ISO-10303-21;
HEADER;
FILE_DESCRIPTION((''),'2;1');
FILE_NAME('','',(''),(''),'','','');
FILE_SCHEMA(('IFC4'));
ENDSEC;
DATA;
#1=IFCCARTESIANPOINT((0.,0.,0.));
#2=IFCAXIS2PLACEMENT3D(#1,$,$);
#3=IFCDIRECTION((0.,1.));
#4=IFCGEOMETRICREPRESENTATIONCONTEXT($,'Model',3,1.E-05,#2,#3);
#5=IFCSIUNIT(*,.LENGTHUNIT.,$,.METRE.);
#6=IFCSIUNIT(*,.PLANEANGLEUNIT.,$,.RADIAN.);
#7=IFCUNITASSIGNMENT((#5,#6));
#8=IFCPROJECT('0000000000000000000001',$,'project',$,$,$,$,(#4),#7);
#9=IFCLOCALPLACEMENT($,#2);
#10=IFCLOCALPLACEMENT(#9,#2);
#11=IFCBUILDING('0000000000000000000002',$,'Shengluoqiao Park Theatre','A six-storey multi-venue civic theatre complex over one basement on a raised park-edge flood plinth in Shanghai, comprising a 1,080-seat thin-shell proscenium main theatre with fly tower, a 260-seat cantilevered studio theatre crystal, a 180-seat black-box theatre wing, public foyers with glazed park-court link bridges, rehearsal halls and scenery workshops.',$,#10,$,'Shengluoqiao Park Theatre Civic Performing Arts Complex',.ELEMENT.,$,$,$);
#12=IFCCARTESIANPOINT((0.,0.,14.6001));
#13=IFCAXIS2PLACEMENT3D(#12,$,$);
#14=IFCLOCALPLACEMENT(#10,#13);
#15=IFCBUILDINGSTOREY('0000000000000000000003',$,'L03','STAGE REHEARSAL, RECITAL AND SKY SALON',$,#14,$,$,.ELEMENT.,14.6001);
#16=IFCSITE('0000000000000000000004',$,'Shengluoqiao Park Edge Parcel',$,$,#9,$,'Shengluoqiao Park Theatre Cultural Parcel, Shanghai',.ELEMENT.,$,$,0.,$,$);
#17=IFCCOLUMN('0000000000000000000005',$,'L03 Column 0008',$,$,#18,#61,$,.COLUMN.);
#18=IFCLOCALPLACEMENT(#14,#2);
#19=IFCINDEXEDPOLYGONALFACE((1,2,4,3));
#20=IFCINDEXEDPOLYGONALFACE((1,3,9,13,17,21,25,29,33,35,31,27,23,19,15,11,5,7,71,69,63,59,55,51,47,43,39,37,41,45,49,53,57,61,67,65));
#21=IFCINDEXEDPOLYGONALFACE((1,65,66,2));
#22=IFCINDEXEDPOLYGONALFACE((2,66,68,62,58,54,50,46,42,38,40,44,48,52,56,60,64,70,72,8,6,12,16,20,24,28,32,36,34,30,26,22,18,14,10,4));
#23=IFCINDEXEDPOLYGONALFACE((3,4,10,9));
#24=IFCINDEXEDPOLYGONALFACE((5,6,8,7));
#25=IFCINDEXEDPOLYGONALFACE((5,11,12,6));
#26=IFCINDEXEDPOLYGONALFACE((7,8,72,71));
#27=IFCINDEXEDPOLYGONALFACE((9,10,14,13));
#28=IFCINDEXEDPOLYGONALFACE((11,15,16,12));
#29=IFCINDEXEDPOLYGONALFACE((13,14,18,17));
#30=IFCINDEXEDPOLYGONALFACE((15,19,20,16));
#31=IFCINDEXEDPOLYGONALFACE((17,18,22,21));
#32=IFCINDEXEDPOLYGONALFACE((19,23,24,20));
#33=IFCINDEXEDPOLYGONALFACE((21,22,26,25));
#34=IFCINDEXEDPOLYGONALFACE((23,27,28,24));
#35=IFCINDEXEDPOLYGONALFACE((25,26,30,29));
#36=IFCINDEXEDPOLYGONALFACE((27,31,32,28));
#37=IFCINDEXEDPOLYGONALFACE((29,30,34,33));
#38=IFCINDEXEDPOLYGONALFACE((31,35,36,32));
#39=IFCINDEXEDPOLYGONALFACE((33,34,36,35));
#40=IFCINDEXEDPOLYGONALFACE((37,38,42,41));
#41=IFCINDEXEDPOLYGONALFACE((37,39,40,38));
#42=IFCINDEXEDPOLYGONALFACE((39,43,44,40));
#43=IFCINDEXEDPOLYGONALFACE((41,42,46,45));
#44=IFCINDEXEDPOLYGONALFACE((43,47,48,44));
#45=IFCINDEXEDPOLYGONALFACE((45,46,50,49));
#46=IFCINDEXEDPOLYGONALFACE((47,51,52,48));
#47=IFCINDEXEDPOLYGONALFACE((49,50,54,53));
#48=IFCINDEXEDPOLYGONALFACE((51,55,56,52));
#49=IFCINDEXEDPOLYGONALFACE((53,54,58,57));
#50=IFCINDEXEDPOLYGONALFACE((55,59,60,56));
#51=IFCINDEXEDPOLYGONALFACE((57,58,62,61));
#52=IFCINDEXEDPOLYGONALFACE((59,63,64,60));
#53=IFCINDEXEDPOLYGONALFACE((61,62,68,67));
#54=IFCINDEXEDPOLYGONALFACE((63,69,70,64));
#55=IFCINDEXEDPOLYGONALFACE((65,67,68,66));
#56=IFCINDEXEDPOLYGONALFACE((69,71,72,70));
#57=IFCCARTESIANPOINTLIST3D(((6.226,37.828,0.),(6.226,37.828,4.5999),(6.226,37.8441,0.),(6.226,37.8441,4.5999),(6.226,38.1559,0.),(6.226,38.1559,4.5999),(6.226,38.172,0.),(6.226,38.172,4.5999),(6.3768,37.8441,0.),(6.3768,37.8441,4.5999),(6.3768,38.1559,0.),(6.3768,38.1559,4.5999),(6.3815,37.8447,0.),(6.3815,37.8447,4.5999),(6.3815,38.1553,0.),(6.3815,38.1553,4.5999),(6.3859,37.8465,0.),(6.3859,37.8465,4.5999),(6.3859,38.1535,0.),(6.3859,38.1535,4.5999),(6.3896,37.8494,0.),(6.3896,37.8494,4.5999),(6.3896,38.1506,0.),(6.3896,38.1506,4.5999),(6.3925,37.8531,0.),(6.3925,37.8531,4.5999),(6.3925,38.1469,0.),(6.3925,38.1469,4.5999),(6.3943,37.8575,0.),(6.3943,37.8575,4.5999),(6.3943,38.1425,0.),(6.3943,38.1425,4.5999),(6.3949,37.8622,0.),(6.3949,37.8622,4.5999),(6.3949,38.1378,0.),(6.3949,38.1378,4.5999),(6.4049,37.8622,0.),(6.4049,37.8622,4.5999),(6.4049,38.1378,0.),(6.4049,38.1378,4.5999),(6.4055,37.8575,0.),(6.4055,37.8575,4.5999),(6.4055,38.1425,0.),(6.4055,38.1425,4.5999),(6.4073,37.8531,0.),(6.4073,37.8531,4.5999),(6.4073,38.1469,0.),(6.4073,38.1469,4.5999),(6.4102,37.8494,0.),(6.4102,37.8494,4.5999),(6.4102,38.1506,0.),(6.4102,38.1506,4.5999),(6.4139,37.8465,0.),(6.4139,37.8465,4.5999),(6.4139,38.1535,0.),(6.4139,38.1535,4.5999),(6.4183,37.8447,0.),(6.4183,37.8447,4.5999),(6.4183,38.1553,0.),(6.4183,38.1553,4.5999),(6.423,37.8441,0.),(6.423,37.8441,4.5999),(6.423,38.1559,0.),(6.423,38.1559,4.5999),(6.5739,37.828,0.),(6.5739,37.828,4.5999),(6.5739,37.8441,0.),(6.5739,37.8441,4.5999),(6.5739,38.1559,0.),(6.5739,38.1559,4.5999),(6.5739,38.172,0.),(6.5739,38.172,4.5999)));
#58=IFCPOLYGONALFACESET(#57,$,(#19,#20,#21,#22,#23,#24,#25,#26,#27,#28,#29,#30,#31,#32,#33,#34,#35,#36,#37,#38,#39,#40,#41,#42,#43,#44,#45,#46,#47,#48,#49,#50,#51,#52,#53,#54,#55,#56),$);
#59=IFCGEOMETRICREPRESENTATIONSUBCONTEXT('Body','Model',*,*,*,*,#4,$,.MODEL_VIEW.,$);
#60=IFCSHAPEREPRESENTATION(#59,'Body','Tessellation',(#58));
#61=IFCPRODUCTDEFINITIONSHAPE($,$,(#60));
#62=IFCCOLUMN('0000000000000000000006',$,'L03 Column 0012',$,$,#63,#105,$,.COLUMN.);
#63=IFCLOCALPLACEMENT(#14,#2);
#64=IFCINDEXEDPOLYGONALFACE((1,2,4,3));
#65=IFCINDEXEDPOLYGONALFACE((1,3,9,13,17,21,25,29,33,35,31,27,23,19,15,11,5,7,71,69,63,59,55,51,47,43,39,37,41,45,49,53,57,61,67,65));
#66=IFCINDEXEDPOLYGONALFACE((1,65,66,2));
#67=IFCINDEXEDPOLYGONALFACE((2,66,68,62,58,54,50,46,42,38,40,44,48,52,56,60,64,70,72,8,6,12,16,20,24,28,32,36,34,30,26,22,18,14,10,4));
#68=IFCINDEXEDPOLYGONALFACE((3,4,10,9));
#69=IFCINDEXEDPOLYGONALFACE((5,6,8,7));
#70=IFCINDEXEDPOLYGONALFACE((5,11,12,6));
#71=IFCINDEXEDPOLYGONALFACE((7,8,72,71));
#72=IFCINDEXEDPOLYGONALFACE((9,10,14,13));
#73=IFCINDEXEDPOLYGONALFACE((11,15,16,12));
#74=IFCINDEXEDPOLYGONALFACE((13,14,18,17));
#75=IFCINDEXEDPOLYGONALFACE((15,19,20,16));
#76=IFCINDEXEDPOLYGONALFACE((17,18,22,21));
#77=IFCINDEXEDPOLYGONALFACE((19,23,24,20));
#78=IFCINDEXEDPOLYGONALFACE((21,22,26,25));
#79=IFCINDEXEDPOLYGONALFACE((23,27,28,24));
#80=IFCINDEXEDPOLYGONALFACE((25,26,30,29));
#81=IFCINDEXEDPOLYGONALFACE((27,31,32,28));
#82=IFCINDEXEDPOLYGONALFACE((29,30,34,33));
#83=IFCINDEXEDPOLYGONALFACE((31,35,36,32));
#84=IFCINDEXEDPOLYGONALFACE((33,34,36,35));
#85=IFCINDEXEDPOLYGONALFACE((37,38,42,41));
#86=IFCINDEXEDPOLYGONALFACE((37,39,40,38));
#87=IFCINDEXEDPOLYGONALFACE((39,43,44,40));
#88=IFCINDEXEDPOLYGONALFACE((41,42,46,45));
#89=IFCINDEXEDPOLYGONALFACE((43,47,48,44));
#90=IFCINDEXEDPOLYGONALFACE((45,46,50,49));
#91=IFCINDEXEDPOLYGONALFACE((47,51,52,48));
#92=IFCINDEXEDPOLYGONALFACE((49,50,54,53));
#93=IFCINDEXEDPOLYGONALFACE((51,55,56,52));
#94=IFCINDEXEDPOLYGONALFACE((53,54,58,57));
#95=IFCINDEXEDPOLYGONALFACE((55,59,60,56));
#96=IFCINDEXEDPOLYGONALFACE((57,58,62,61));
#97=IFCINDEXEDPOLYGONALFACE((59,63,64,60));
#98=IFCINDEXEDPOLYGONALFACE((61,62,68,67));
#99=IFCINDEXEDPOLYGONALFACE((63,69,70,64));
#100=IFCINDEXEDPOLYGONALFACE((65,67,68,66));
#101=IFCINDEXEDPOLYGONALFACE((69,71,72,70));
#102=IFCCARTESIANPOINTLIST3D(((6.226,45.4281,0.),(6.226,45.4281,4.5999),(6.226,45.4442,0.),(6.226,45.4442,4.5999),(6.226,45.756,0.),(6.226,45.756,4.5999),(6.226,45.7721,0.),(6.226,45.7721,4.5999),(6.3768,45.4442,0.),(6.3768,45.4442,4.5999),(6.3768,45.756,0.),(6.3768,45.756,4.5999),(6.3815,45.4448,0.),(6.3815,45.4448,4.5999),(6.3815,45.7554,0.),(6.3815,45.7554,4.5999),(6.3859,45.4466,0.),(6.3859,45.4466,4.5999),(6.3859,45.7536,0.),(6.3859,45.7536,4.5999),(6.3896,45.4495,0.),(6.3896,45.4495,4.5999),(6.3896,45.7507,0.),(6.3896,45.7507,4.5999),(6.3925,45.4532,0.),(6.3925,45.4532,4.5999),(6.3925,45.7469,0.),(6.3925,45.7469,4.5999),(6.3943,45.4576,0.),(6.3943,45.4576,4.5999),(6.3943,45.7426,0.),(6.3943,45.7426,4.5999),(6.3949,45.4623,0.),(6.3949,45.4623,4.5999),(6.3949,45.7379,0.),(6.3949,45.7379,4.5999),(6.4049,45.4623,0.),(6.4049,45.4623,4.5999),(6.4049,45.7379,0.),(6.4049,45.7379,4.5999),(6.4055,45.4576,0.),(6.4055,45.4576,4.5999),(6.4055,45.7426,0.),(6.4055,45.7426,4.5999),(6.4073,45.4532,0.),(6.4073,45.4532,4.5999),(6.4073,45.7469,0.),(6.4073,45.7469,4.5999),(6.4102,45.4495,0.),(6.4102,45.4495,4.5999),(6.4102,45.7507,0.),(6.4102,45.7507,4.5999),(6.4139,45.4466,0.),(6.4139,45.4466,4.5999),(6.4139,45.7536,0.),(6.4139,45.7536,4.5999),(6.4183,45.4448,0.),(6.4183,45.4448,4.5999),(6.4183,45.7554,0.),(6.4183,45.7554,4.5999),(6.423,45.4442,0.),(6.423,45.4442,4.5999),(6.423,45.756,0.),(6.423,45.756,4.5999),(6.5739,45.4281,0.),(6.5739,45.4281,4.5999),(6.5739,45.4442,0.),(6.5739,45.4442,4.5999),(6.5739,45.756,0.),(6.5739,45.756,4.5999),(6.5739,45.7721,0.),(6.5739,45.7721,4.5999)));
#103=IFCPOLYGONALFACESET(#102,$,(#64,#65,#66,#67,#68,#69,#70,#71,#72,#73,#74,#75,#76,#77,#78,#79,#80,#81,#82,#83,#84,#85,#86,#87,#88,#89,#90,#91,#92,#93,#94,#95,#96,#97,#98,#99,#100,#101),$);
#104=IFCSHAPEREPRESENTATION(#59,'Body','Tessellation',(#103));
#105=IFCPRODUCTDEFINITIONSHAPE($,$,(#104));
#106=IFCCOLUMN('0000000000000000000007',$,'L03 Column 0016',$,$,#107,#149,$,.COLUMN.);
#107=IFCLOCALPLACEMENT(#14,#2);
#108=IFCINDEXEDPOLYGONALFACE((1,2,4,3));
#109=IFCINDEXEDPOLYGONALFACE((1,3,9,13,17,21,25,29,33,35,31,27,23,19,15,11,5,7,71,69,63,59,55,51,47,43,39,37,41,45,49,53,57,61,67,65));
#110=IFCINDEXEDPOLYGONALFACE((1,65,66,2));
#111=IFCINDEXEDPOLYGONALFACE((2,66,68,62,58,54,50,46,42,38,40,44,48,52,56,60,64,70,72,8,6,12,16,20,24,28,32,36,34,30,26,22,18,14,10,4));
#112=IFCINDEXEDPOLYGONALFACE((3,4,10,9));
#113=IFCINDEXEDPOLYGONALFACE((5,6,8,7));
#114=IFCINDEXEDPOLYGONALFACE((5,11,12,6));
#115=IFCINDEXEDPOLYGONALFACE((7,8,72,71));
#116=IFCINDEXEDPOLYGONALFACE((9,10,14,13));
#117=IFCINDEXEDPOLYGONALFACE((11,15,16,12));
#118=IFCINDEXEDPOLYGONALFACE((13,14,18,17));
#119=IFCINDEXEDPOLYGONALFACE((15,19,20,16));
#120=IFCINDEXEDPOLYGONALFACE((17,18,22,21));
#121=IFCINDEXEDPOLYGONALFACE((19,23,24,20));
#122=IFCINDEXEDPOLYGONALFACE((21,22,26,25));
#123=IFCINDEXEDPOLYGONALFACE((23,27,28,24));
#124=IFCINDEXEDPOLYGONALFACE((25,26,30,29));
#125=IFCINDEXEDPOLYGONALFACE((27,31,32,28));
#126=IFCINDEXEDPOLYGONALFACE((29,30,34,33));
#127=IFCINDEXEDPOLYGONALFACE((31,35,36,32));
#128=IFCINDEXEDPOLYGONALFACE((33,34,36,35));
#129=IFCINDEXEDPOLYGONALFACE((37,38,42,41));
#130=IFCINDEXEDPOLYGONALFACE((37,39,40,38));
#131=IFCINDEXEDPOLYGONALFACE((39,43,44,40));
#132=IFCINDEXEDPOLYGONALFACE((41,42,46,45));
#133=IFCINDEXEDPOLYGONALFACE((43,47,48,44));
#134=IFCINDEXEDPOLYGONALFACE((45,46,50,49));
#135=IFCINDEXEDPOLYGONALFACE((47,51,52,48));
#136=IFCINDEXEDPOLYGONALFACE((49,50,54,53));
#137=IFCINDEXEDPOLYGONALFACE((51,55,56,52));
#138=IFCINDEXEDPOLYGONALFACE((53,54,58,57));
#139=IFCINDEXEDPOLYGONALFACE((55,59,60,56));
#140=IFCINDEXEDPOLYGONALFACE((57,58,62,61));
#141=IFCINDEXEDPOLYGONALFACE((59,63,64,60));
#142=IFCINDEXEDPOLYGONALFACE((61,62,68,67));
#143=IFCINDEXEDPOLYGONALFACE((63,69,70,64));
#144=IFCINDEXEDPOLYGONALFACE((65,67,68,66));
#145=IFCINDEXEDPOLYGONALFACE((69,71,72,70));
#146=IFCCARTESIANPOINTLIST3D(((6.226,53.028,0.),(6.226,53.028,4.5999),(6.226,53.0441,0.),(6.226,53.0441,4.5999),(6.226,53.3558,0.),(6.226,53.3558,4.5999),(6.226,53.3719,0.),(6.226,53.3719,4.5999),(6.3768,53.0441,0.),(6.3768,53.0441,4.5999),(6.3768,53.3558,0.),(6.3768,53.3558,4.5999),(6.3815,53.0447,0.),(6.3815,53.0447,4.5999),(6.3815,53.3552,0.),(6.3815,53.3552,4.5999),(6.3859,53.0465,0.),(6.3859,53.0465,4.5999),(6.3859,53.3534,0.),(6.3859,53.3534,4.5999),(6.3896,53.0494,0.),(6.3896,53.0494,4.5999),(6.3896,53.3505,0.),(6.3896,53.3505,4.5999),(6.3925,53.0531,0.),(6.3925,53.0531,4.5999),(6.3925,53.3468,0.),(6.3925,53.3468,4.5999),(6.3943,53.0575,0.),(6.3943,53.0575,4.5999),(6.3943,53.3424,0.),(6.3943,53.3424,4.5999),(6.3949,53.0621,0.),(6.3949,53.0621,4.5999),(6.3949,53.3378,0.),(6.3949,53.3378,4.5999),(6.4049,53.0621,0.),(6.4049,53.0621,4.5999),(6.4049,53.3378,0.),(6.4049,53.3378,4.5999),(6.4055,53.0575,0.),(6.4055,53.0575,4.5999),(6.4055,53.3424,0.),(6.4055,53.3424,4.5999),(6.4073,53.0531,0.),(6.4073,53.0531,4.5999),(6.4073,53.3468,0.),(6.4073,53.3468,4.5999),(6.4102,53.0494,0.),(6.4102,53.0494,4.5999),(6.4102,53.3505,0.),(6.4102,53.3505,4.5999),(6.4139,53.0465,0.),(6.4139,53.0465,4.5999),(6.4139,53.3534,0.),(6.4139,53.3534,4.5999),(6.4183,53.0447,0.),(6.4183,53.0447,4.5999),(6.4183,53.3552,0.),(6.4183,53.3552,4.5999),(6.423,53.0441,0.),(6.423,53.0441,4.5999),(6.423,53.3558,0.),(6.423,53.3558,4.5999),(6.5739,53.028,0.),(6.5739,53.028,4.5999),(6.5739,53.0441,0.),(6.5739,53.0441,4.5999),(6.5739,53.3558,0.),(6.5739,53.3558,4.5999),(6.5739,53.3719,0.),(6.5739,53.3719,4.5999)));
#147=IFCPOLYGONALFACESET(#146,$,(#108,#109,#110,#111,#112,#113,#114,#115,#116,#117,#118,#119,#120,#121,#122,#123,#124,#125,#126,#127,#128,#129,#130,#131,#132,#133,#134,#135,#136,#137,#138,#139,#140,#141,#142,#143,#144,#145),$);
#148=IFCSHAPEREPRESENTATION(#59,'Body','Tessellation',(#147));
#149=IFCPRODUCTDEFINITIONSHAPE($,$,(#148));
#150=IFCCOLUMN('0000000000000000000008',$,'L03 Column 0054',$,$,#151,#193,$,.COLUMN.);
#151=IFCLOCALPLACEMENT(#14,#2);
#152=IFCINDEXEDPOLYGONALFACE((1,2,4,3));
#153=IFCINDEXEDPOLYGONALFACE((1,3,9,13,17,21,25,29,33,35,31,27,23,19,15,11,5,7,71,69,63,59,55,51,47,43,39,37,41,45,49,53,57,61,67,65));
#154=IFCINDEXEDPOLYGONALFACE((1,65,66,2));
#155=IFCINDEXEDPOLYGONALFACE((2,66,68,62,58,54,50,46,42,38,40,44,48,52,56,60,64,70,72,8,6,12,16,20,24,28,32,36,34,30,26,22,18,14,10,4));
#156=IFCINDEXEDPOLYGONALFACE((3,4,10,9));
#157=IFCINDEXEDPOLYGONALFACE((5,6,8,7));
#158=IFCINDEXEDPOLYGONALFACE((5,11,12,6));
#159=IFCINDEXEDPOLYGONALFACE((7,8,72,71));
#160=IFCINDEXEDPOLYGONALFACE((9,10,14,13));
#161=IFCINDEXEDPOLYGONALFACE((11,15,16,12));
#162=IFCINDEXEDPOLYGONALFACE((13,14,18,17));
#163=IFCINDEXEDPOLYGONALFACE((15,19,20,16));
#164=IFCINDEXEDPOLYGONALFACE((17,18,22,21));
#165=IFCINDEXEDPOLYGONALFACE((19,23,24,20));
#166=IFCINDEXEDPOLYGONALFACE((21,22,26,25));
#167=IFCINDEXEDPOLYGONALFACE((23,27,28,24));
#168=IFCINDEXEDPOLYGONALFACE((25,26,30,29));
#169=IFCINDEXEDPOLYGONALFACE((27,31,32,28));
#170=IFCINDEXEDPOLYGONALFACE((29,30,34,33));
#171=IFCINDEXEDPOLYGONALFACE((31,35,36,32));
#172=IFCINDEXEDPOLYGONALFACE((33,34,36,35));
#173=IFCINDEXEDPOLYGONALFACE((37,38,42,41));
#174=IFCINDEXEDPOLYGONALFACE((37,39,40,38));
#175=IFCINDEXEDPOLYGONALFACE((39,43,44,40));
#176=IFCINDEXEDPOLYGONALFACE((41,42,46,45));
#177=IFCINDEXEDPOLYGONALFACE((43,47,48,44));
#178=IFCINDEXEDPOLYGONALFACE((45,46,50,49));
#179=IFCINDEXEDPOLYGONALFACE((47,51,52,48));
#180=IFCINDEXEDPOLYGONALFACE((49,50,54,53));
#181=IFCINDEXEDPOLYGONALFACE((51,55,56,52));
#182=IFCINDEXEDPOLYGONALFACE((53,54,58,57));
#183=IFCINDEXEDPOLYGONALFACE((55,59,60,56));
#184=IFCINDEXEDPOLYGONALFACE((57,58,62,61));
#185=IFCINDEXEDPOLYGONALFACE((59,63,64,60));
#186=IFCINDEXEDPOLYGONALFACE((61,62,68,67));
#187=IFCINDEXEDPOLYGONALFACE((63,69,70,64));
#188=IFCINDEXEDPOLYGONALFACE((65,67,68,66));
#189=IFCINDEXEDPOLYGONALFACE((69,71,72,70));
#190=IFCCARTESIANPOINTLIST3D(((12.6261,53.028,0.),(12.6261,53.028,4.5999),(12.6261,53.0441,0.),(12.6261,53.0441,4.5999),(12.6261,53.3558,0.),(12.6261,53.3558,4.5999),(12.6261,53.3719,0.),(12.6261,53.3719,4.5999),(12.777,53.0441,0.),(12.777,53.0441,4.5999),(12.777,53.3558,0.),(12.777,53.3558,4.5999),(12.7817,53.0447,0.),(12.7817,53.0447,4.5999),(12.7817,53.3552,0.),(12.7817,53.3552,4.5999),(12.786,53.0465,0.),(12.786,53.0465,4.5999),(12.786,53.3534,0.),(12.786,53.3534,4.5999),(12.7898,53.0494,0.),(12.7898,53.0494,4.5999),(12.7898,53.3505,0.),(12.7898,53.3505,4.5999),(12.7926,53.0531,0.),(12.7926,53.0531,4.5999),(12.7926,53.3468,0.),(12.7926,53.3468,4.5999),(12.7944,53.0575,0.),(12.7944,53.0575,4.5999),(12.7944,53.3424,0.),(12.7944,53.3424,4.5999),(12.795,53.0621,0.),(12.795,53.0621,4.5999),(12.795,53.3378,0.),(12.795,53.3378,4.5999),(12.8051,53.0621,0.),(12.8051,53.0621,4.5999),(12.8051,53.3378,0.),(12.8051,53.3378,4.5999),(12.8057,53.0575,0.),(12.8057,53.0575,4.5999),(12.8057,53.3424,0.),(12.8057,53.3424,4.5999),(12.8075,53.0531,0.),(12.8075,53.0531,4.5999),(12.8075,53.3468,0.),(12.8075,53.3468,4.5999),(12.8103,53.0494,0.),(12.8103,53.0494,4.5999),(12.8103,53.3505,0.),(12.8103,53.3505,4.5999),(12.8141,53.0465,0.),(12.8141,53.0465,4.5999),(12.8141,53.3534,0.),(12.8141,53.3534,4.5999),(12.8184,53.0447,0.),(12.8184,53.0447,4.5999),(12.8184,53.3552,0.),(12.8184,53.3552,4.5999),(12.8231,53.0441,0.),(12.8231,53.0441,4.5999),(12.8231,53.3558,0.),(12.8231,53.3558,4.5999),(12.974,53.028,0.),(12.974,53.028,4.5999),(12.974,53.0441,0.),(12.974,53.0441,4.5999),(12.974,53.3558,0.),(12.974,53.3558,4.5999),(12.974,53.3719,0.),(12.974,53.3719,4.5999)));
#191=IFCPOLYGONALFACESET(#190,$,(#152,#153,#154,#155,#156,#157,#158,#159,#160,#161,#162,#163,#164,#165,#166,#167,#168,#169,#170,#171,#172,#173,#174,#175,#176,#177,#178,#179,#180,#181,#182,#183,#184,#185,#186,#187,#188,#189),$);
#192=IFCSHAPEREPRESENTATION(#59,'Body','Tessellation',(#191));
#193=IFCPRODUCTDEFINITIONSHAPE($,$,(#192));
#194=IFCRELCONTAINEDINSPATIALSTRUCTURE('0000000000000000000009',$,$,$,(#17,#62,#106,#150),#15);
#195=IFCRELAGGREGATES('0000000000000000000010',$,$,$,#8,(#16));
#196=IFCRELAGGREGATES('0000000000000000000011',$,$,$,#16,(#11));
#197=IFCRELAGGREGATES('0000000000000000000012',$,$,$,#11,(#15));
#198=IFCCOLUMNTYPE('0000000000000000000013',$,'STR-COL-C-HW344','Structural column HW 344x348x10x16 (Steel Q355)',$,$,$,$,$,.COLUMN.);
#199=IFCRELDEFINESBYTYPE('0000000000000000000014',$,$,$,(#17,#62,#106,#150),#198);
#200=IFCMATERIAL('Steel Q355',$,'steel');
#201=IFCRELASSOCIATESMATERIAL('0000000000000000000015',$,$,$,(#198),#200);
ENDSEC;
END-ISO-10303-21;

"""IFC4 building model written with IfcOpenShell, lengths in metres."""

from ifc_helpers import new_model, si_unit, direction, frame, origin, origin_2d, place, context, subcontext, project, spatial, i_section, extrude, material, material_profile, profile_set, type_object, element, save


model = new_model("IFC4")

# Units and contexts
model_context = context("Model", 3, precision=1e-05, world=origin(), true_north=direction((0.0, 1.0)))
body_context = subcontext(model_context, "Body", "Model", "MODEL_VIEW")
ifc_project = project(units=[si_unit("LENGTHUNIT", "METRE"), si_unit("PLANEANGLEUNIT", "RADIAN")], contexts=[model_context])

# Site, building, storey
site_placement = place(None, origin())
site = spatial("IfcSite", under=ifc_project, at=site_placement, Name="Shengluoqiao Park Edge Parcel", LongName="Shengluoqiao Park Theatre Cultural Parcel, Shanghai", CompositionType="ELEMENT", RefElevation=0.0)
building_placement = place(site_placement, origin())
building = spatial("IfcBuilding", under=site, at=building_placement, Name="Shengluoqiao Park Theatre", Description="A six-storey multi-venue civic theatre complex over one basement on a raised park-edge flood plinth in Shanghai, comprising a 1,080-seat thin-shell proscenium main theatre with fly tower, a 260-seat cantilevered studio theatre crystal, a 180-seat black-box theatre wing, public foyers with glazed park-court link bridges, rehearsal halls and scenery workshops.", LongName="Shengluoqiao Park Theatre Civic Performing Arts Complex", CompositionType="ELEMENT")
storey_placement = place(building_placement, frame((0.0, 0.0, 14.6001)))
storey = spatial("IfcBuildingStorey", under=building, at=storey_placement, Name="L03", Description="STAGE REHEARSAL, RECITAL AND SKY SALON", CompositionType="ELEMENT", Elevation=14.6001)

# Columns
ifc_material_1 = material(Name="Steel Q355", Category="steel")
ifc_material_profile_1 = material_profile(ifc_material_1, i_section(OverallWidth=0.3479, OverallDepth=0.344, WebThickness=0.01, FlangeThickness=0.0161, FilletRadius=0.0181, at=origin_2d()), Name="HW 344x348x10x16")
ifc_profile_set_1 = profile_set([ifc_material_profile_1], Name="Steel Q355")
column_type = type_object("IfcColumnType", Name="STR-COL-C-HW344", Description="Structural column HW 344x348x10x16 (Steel Q355)", PredefinedType="COLUMN", material=ifc_profile_set_1)
for number, where, z_axis, x_axis, name in (
    (1, (6.3999, 38.0, 0.0), (0.0, 0.0, 1.0), (1.0, 0.0, 0.0), "L03 Column 0008"),
    (2, (6.3999, 45.6001, 0.0), (0.0, 0.0, 1.0), (1.0, 0.0, 0.0), "L03 Column 0012"),
    (3, (6.3999, 53.2, 0.0), (0.0, 0.0, 1.0), (1.0, 0.0, 0.0), "L03 Column 0016"),
    (4, (12.8, 53.2, 0.0), (0.0, 0.0, 1.0), (1.0, 0.0, 0.0), "L03 Column 0054"),
):
    element("IfcColumn", number, at=place(storey_placement, frame(where, z_axis=z_axis, x_axis=x_axis)), inside=storey, type_object=column_type, Name=name, PredefinedType="COLUMN", context=body_context, shape_type="SweptSolid", body=[
        extrude(i_section(OverallWidth=0.3479, OverallDepth=0.344, WebThickness=0.01, FlangeThickness=0.0161, FilletRadius=0.0181, at=origin_2d()), origin(), (0.0, 0.0, 1.0), 4.5999),
    ])

save(model, "model.ifc")
